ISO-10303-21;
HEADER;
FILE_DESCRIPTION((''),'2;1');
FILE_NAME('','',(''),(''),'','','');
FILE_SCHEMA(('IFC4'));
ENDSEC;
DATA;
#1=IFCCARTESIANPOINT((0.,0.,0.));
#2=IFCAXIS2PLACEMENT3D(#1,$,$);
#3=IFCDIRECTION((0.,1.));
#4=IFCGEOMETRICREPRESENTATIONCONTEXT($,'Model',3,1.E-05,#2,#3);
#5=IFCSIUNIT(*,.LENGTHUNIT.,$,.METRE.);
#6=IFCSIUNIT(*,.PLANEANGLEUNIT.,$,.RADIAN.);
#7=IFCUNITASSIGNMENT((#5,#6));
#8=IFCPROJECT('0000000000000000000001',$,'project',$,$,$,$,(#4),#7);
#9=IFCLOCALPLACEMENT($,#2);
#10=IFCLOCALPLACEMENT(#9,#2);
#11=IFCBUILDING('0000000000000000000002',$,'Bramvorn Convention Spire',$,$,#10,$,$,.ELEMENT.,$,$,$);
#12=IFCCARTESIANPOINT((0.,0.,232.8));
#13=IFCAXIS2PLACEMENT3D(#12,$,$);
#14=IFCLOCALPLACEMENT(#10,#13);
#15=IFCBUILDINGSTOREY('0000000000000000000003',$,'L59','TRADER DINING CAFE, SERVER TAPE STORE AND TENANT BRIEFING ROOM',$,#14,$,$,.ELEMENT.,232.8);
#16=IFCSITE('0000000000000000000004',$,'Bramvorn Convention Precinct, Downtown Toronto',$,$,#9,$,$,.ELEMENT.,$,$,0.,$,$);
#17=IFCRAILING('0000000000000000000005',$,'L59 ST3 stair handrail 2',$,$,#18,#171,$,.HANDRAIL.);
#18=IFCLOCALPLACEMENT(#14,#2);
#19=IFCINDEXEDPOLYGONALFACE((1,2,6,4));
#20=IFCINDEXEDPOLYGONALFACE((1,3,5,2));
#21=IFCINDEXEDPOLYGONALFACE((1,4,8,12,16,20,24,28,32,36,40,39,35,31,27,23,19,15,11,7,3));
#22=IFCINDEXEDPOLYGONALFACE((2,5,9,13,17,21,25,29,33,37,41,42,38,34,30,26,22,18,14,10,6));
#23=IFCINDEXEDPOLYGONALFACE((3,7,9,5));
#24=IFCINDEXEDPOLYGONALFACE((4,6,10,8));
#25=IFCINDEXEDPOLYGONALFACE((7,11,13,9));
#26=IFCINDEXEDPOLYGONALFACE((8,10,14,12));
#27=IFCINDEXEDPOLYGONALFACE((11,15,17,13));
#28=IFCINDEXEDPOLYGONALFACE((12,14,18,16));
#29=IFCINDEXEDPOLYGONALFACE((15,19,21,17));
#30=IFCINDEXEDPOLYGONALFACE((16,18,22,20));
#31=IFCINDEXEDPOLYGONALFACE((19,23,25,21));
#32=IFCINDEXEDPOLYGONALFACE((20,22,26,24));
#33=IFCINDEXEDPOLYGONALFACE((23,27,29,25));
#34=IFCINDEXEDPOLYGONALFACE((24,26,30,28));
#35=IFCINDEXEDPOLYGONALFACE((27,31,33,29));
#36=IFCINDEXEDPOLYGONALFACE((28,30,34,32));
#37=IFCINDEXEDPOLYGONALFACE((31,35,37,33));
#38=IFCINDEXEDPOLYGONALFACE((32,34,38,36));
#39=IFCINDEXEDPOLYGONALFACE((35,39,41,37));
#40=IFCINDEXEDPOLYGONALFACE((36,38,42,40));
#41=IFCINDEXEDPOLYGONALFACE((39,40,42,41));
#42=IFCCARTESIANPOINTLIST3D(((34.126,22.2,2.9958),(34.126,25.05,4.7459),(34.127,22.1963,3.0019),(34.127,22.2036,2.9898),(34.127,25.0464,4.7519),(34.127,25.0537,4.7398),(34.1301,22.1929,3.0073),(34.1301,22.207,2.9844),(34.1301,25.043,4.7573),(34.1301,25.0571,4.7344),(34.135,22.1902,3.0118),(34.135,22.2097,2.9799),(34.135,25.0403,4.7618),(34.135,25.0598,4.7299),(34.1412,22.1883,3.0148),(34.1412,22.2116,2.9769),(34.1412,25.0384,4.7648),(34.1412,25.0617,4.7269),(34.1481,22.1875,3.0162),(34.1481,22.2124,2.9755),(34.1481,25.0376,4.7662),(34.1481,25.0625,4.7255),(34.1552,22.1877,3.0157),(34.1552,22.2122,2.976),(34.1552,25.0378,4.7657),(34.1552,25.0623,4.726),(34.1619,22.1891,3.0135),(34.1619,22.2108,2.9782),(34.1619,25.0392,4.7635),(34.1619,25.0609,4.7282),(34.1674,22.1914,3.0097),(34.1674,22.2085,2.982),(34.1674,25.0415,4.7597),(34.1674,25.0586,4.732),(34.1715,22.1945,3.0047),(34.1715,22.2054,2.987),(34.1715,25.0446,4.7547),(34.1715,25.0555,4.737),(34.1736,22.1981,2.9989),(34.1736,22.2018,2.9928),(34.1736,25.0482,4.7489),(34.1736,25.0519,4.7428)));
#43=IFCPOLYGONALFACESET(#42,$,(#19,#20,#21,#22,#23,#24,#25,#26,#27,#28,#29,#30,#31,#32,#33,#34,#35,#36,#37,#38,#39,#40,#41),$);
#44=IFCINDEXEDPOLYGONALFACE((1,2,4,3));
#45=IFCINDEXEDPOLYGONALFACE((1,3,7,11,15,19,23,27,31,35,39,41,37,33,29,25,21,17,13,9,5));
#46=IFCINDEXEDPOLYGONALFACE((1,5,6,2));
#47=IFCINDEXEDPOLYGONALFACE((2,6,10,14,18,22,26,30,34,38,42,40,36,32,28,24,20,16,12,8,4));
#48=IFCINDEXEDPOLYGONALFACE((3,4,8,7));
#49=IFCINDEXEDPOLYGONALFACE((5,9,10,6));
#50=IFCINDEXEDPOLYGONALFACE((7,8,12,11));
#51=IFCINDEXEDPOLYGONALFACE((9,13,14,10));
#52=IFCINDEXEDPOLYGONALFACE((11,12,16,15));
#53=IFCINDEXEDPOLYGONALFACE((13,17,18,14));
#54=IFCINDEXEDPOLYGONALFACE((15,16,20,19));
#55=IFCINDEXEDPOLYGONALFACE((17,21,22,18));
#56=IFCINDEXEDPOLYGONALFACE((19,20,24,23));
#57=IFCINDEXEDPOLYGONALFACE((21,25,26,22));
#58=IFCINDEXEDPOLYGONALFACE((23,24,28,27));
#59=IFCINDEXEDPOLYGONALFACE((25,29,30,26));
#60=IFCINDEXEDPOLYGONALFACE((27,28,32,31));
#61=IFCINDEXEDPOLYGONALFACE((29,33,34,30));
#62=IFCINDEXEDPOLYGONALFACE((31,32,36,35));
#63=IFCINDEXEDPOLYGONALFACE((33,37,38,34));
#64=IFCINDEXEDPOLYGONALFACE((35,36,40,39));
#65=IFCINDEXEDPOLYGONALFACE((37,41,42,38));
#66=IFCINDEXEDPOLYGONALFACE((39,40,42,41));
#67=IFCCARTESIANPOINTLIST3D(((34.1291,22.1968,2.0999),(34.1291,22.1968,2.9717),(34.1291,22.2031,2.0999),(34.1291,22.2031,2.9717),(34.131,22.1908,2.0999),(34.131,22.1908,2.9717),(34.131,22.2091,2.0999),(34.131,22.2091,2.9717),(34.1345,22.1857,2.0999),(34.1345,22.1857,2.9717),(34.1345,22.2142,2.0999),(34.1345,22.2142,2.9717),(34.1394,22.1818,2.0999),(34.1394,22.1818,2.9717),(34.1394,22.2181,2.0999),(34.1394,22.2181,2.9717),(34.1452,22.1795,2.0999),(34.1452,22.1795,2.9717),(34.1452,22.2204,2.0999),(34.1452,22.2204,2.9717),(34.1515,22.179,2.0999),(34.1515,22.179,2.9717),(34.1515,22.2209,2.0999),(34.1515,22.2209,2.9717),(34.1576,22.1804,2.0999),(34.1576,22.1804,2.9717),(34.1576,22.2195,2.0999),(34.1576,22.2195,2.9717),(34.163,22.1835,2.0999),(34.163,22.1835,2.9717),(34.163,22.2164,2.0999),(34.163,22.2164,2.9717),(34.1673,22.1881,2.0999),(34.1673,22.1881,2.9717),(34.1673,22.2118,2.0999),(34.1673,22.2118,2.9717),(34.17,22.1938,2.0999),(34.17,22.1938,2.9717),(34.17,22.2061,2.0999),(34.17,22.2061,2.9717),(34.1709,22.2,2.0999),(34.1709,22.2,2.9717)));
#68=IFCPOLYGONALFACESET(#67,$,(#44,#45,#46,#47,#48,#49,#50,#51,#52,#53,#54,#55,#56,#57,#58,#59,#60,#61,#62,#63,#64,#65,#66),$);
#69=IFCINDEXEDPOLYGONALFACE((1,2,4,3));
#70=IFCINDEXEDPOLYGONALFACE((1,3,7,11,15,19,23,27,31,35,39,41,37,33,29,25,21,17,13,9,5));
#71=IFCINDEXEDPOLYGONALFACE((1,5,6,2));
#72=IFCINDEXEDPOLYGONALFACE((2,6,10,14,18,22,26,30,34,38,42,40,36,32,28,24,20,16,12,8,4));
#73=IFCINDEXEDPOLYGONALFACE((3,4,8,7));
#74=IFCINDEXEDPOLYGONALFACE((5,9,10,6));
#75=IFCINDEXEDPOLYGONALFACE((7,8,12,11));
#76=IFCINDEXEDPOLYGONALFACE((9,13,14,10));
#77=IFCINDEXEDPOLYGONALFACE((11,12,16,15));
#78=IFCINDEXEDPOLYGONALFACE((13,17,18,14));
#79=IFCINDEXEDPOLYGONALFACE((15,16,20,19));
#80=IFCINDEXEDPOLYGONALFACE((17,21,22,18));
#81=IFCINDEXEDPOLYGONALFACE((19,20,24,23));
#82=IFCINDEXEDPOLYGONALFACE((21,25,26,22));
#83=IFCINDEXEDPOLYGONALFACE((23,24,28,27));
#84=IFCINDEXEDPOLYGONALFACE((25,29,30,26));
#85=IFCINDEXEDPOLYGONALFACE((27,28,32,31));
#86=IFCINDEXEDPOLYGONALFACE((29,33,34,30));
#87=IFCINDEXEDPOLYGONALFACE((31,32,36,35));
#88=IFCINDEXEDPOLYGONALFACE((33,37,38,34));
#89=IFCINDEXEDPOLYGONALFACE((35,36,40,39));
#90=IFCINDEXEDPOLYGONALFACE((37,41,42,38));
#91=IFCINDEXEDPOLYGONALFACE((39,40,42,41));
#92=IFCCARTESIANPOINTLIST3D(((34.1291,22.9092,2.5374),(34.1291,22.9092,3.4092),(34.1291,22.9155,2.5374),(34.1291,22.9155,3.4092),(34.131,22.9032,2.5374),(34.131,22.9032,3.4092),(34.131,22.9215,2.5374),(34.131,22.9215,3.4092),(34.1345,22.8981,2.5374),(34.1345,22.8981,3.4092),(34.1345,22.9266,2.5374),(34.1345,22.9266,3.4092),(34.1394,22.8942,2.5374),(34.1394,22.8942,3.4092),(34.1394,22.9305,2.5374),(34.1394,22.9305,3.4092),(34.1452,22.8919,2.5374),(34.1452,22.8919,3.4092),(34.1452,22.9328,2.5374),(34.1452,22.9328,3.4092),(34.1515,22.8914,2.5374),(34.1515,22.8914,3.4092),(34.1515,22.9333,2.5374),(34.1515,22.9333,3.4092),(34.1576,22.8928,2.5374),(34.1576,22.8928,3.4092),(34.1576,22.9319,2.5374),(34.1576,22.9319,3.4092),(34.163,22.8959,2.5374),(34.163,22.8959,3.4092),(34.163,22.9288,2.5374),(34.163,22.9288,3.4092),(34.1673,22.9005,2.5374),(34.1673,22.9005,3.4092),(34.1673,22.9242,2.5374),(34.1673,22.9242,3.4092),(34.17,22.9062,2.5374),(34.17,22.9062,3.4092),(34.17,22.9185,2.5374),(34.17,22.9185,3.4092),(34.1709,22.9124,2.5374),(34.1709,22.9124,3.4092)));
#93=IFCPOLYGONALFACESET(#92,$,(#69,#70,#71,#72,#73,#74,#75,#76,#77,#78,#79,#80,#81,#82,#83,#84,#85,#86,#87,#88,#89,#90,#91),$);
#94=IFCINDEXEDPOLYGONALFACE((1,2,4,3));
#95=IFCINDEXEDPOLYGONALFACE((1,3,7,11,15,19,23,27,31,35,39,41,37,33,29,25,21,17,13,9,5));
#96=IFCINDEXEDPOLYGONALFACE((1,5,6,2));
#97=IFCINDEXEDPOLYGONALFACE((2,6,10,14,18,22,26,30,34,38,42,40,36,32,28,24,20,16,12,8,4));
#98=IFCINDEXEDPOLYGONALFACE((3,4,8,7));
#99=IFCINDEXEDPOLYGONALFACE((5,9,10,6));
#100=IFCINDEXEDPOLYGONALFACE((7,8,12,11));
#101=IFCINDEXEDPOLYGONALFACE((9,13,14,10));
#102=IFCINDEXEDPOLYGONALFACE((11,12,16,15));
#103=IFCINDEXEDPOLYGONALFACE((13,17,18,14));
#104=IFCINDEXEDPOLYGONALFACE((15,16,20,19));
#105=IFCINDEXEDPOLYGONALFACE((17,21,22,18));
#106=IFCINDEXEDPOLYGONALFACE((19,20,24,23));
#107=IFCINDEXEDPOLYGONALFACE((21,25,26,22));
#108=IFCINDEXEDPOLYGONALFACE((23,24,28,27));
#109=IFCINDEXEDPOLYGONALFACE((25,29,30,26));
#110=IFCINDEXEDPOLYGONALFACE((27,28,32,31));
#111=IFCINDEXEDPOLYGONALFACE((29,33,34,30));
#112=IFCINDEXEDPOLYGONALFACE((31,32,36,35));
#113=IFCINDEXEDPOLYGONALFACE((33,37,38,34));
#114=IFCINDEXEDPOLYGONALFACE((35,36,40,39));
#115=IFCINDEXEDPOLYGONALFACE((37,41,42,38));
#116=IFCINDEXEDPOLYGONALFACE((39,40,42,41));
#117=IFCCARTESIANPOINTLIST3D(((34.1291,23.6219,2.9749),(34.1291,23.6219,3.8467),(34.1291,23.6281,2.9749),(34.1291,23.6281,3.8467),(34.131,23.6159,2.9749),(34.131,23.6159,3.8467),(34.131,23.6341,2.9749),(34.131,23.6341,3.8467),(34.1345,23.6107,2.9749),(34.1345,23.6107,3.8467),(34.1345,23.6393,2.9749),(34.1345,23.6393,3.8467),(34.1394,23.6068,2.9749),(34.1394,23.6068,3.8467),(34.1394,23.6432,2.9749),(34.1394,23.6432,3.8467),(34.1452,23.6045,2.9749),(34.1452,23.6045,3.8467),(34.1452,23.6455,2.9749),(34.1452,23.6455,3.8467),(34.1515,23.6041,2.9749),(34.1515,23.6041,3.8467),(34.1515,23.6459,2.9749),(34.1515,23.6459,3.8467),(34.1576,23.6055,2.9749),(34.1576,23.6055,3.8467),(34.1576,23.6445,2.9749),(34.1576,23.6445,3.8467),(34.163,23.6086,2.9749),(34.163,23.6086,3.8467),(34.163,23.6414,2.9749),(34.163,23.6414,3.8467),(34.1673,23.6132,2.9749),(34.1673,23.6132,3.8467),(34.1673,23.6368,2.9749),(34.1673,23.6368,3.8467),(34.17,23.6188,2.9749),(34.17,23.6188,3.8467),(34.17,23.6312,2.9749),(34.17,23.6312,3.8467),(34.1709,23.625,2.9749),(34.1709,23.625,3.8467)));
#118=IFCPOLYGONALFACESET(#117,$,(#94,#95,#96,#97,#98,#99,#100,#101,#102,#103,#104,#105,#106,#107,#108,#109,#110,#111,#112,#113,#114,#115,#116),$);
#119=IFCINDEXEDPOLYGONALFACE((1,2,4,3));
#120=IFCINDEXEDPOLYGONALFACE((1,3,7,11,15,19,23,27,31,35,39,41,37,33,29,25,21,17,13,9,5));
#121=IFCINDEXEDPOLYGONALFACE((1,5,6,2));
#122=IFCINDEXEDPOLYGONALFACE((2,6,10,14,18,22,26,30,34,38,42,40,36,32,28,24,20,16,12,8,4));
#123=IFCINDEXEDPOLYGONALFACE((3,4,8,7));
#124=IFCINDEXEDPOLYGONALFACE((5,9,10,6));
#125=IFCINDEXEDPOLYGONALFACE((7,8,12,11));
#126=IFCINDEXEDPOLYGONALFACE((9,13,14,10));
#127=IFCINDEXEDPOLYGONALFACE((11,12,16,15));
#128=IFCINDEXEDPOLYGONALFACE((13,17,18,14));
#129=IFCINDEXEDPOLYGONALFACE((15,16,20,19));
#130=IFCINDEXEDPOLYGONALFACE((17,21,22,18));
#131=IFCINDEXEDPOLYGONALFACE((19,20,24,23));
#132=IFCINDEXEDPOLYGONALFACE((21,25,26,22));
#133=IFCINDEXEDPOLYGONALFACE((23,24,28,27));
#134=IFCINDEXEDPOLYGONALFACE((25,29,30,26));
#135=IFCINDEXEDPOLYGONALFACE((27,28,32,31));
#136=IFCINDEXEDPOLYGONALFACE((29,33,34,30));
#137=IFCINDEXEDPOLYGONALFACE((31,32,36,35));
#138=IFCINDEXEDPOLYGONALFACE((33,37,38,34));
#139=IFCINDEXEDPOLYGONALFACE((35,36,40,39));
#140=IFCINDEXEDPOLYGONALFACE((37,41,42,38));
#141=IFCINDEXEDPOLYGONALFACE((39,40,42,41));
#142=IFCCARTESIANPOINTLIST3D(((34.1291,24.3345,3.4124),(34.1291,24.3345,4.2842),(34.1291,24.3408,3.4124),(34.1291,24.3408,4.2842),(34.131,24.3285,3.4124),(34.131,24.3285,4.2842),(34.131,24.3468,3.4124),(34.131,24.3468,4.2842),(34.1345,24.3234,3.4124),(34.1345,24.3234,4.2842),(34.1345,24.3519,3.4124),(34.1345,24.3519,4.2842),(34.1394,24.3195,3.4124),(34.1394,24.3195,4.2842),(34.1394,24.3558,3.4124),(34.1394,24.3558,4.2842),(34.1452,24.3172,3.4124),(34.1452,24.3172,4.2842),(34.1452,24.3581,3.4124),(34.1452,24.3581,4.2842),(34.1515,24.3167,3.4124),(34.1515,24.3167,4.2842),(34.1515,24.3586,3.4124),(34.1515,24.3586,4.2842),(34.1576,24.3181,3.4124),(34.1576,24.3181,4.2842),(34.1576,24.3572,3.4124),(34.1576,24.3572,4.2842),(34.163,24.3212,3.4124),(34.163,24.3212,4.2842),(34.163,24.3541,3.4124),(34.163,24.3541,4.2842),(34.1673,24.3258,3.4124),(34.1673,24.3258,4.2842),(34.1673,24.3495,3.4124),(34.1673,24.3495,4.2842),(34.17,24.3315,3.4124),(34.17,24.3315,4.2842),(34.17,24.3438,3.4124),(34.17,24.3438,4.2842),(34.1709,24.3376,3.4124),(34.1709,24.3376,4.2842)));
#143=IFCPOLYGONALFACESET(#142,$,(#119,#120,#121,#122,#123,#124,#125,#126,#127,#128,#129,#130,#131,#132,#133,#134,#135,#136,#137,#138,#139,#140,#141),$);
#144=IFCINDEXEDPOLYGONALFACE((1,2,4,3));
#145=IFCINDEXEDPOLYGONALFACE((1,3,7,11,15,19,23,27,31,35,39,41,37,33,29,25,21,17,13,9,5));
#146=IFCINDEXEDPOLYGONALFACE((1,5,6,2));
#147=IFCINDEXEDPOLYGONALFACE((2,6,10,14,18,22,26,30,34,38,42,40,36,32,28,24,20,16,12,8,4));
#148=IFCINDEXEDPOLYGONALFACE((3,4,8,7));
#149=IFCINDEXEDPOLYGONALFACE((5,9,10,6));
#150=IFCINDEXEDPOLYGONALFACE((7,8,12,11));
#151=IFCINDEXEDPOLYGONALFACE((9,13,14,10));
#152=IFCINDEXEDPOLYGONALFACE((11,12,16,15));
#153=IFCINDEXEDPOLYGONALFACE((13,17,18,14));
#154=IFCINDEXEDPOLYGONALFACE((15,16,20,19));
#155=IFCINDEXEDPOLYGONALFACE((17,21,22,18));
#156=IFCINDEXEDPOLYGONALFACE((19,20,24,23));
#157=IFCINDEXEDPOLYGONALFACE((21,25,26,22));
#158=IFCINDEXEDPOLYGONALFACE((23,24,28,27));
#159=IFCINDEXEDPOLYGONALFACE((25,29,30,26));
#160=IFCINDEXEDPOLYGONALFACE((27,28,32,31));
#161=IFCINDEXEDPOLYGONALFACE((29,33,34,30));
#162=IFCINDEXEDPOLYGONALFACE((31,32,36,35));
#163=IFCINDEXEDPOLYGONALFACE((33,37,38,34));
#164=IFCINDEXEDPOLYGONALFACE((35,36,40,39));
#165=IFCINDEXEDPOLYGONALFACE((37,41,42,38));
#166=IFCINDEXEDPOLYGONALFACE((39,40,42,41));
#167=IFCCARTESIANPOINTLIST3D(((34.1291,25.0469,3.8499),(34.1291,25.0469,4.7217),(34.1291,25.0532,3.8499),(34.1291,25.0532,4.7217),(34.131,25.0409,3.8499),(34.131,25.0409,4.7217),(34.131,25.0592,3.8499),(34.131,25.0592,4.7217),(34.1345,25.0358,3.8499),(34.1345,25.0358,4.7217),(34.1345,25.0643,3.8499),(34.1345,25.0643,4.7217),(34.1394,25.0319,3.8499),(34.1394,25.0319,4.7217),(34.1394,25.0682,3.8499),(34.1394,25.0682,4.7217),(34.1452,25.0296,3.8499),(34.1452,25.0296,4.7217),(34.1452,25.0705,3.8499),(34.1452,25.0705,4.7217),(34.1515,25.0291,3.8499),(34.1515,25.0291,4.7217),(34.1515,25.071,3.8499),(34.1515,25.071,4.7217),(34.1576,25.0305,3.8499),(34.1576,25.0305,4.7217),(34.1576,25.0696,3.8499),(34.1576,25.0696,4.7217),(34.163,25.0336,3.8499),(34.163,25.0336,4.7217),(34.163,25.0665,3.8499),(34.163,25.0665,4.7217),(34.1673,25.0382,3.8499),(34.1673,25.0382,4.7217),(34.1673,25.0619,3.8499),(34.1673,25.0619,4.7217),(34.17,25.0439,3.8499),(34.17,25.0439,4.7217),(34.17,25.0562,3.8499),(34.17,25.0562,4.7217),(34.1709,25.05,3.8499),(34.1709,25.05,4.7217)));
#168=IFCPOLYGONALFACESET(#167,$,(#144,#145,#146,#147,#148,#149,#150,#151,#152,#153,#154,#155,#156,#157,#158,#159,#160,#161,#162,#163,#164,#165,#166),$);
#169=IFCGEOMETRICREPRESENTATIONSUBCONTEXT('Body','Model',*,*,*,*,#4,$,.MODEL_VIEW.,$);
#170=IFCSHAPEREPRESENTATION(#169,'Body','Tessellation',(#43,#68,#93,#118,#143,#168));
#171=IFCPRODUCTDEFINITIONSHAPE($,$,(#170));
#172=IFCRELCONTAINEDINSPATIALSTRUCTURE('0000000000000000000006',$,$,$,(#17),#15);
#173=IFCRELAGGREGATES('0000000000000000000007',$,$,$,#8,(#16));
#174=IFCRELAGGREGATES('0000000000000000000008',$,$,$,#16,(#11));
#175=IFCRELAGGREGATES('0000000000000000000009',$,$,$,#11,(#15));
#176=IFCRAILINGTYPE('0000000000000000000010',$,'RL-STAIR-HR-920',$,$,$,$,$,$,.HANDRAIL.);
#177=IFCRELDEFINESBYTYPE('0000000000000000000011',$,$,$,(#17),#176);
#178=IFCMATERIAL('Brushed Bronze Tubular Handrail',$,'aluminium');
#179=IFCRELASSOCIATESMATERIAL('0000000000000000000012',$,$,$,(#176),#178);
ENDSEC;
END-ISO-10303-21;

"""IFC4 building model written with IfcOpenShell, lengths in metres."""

from ifc_helpers import new_model, si_unit, direction, frame, origin, origin_2d, place, context, subcontext, project, spatial, circle, extrude, material, type_object, element, save


model = new_model("IFC4")

# Units and contexts
model_context = context("Model", 3, precision=1e-05, world=origin(), true_north=direction((0.0, 1.0)))
body_context = subcontext(model_context, "Body", "Model", "MODEL_VIEW")
ifc_project = project(units=[si_unit("LENGTHUNIT", "METRE"), si_unit("PLANEANGLEUNIT", "RADIAN")], contexts=[model_context])

# Site, building, storey
site_placement = place(None, origin())
site = spatial("IfcSite", under=ifc_project, at=site_placement, Name="Bramvorn Convention Precinct, Downtown Toronto", CompositionType="ELEMENT", RefElevation=0.0)
building_placement = place(site_placement, origin())
building = spatial("IfcBuilding", under=site, at=building_placement, Name="Bramvorn Convention Spire", CompositionType="ELEMENT")
storey_placement = place(building_placement, frame((0.0, 0.0, 232.8)))
storey = spatial("IfcBuildingStorey", under=building, at=storey_placement, Name="L59", Description="TRADER DINING CAFE, SERVER TAPE STORE AND TENANT BRIEFING ROOM", CompositionType="ELEMENT", Elevation=232.8)

# Railing
ifc_material_1 = material(Name="Brushed Bronze Tubular Handrail", Category="aluminium")
railing_type_1 = type_object("IfcRailingType", Name="RL-STAIR-HR-920", PredefinedType="HANDRAIL", material=ifc_material_1)
for number, where, name in (
    (1, (34.1499, 22.2, 2.0999), "L59 ST3 stair handrail 2"),
):
    element("IfcRailing", number, at=place(storey_placement, frame(where)), inside=storey, type_object=railing_type_1, Name=name, PredefinedType="HANDRAIL", context=body_context, shape_type="SweptSolid", body=[
        extrude(circle(Radius=0.0239, at=origin_2d()), frame((0.0, 0.0, 0.896), z_axis=(0.0, 0.852179, 0.52325), x_axis=(-1.0, 0.0, 0.0)), (0.0, 0.0, 1.0), 3.3445),
        extrude(circle(Radius=0.021, at=origin_2d()), origin(), (0.0, 0.0, 1.0), 0.8718),
        extrude(circle(Radius=0.021, at=origin_2d()), frame((0.0, 0.7124, 0.4375)), (0.0, 0.0, 1.0), 0.8718),
        extrude(circle(Radius=0.021, at=origin_2d()), frame((0.0, 1.425, 0.875)), (0.0, 0.0, 1.0), 0.8718),
        extrude(circle(Radius=0.021, at=origin_2d()), frame((0.0, 2.1377, 1.3125)), (0.0, 0.0, 1.0), 0.8718),
        extrude(circle(Radius=0.021, at=origin_2d()), frame((0.0, 2.8501, 1.75)), (0.0, 0.0, 1.0), 0.8718),
    ])

save(model, "model.ifc")
